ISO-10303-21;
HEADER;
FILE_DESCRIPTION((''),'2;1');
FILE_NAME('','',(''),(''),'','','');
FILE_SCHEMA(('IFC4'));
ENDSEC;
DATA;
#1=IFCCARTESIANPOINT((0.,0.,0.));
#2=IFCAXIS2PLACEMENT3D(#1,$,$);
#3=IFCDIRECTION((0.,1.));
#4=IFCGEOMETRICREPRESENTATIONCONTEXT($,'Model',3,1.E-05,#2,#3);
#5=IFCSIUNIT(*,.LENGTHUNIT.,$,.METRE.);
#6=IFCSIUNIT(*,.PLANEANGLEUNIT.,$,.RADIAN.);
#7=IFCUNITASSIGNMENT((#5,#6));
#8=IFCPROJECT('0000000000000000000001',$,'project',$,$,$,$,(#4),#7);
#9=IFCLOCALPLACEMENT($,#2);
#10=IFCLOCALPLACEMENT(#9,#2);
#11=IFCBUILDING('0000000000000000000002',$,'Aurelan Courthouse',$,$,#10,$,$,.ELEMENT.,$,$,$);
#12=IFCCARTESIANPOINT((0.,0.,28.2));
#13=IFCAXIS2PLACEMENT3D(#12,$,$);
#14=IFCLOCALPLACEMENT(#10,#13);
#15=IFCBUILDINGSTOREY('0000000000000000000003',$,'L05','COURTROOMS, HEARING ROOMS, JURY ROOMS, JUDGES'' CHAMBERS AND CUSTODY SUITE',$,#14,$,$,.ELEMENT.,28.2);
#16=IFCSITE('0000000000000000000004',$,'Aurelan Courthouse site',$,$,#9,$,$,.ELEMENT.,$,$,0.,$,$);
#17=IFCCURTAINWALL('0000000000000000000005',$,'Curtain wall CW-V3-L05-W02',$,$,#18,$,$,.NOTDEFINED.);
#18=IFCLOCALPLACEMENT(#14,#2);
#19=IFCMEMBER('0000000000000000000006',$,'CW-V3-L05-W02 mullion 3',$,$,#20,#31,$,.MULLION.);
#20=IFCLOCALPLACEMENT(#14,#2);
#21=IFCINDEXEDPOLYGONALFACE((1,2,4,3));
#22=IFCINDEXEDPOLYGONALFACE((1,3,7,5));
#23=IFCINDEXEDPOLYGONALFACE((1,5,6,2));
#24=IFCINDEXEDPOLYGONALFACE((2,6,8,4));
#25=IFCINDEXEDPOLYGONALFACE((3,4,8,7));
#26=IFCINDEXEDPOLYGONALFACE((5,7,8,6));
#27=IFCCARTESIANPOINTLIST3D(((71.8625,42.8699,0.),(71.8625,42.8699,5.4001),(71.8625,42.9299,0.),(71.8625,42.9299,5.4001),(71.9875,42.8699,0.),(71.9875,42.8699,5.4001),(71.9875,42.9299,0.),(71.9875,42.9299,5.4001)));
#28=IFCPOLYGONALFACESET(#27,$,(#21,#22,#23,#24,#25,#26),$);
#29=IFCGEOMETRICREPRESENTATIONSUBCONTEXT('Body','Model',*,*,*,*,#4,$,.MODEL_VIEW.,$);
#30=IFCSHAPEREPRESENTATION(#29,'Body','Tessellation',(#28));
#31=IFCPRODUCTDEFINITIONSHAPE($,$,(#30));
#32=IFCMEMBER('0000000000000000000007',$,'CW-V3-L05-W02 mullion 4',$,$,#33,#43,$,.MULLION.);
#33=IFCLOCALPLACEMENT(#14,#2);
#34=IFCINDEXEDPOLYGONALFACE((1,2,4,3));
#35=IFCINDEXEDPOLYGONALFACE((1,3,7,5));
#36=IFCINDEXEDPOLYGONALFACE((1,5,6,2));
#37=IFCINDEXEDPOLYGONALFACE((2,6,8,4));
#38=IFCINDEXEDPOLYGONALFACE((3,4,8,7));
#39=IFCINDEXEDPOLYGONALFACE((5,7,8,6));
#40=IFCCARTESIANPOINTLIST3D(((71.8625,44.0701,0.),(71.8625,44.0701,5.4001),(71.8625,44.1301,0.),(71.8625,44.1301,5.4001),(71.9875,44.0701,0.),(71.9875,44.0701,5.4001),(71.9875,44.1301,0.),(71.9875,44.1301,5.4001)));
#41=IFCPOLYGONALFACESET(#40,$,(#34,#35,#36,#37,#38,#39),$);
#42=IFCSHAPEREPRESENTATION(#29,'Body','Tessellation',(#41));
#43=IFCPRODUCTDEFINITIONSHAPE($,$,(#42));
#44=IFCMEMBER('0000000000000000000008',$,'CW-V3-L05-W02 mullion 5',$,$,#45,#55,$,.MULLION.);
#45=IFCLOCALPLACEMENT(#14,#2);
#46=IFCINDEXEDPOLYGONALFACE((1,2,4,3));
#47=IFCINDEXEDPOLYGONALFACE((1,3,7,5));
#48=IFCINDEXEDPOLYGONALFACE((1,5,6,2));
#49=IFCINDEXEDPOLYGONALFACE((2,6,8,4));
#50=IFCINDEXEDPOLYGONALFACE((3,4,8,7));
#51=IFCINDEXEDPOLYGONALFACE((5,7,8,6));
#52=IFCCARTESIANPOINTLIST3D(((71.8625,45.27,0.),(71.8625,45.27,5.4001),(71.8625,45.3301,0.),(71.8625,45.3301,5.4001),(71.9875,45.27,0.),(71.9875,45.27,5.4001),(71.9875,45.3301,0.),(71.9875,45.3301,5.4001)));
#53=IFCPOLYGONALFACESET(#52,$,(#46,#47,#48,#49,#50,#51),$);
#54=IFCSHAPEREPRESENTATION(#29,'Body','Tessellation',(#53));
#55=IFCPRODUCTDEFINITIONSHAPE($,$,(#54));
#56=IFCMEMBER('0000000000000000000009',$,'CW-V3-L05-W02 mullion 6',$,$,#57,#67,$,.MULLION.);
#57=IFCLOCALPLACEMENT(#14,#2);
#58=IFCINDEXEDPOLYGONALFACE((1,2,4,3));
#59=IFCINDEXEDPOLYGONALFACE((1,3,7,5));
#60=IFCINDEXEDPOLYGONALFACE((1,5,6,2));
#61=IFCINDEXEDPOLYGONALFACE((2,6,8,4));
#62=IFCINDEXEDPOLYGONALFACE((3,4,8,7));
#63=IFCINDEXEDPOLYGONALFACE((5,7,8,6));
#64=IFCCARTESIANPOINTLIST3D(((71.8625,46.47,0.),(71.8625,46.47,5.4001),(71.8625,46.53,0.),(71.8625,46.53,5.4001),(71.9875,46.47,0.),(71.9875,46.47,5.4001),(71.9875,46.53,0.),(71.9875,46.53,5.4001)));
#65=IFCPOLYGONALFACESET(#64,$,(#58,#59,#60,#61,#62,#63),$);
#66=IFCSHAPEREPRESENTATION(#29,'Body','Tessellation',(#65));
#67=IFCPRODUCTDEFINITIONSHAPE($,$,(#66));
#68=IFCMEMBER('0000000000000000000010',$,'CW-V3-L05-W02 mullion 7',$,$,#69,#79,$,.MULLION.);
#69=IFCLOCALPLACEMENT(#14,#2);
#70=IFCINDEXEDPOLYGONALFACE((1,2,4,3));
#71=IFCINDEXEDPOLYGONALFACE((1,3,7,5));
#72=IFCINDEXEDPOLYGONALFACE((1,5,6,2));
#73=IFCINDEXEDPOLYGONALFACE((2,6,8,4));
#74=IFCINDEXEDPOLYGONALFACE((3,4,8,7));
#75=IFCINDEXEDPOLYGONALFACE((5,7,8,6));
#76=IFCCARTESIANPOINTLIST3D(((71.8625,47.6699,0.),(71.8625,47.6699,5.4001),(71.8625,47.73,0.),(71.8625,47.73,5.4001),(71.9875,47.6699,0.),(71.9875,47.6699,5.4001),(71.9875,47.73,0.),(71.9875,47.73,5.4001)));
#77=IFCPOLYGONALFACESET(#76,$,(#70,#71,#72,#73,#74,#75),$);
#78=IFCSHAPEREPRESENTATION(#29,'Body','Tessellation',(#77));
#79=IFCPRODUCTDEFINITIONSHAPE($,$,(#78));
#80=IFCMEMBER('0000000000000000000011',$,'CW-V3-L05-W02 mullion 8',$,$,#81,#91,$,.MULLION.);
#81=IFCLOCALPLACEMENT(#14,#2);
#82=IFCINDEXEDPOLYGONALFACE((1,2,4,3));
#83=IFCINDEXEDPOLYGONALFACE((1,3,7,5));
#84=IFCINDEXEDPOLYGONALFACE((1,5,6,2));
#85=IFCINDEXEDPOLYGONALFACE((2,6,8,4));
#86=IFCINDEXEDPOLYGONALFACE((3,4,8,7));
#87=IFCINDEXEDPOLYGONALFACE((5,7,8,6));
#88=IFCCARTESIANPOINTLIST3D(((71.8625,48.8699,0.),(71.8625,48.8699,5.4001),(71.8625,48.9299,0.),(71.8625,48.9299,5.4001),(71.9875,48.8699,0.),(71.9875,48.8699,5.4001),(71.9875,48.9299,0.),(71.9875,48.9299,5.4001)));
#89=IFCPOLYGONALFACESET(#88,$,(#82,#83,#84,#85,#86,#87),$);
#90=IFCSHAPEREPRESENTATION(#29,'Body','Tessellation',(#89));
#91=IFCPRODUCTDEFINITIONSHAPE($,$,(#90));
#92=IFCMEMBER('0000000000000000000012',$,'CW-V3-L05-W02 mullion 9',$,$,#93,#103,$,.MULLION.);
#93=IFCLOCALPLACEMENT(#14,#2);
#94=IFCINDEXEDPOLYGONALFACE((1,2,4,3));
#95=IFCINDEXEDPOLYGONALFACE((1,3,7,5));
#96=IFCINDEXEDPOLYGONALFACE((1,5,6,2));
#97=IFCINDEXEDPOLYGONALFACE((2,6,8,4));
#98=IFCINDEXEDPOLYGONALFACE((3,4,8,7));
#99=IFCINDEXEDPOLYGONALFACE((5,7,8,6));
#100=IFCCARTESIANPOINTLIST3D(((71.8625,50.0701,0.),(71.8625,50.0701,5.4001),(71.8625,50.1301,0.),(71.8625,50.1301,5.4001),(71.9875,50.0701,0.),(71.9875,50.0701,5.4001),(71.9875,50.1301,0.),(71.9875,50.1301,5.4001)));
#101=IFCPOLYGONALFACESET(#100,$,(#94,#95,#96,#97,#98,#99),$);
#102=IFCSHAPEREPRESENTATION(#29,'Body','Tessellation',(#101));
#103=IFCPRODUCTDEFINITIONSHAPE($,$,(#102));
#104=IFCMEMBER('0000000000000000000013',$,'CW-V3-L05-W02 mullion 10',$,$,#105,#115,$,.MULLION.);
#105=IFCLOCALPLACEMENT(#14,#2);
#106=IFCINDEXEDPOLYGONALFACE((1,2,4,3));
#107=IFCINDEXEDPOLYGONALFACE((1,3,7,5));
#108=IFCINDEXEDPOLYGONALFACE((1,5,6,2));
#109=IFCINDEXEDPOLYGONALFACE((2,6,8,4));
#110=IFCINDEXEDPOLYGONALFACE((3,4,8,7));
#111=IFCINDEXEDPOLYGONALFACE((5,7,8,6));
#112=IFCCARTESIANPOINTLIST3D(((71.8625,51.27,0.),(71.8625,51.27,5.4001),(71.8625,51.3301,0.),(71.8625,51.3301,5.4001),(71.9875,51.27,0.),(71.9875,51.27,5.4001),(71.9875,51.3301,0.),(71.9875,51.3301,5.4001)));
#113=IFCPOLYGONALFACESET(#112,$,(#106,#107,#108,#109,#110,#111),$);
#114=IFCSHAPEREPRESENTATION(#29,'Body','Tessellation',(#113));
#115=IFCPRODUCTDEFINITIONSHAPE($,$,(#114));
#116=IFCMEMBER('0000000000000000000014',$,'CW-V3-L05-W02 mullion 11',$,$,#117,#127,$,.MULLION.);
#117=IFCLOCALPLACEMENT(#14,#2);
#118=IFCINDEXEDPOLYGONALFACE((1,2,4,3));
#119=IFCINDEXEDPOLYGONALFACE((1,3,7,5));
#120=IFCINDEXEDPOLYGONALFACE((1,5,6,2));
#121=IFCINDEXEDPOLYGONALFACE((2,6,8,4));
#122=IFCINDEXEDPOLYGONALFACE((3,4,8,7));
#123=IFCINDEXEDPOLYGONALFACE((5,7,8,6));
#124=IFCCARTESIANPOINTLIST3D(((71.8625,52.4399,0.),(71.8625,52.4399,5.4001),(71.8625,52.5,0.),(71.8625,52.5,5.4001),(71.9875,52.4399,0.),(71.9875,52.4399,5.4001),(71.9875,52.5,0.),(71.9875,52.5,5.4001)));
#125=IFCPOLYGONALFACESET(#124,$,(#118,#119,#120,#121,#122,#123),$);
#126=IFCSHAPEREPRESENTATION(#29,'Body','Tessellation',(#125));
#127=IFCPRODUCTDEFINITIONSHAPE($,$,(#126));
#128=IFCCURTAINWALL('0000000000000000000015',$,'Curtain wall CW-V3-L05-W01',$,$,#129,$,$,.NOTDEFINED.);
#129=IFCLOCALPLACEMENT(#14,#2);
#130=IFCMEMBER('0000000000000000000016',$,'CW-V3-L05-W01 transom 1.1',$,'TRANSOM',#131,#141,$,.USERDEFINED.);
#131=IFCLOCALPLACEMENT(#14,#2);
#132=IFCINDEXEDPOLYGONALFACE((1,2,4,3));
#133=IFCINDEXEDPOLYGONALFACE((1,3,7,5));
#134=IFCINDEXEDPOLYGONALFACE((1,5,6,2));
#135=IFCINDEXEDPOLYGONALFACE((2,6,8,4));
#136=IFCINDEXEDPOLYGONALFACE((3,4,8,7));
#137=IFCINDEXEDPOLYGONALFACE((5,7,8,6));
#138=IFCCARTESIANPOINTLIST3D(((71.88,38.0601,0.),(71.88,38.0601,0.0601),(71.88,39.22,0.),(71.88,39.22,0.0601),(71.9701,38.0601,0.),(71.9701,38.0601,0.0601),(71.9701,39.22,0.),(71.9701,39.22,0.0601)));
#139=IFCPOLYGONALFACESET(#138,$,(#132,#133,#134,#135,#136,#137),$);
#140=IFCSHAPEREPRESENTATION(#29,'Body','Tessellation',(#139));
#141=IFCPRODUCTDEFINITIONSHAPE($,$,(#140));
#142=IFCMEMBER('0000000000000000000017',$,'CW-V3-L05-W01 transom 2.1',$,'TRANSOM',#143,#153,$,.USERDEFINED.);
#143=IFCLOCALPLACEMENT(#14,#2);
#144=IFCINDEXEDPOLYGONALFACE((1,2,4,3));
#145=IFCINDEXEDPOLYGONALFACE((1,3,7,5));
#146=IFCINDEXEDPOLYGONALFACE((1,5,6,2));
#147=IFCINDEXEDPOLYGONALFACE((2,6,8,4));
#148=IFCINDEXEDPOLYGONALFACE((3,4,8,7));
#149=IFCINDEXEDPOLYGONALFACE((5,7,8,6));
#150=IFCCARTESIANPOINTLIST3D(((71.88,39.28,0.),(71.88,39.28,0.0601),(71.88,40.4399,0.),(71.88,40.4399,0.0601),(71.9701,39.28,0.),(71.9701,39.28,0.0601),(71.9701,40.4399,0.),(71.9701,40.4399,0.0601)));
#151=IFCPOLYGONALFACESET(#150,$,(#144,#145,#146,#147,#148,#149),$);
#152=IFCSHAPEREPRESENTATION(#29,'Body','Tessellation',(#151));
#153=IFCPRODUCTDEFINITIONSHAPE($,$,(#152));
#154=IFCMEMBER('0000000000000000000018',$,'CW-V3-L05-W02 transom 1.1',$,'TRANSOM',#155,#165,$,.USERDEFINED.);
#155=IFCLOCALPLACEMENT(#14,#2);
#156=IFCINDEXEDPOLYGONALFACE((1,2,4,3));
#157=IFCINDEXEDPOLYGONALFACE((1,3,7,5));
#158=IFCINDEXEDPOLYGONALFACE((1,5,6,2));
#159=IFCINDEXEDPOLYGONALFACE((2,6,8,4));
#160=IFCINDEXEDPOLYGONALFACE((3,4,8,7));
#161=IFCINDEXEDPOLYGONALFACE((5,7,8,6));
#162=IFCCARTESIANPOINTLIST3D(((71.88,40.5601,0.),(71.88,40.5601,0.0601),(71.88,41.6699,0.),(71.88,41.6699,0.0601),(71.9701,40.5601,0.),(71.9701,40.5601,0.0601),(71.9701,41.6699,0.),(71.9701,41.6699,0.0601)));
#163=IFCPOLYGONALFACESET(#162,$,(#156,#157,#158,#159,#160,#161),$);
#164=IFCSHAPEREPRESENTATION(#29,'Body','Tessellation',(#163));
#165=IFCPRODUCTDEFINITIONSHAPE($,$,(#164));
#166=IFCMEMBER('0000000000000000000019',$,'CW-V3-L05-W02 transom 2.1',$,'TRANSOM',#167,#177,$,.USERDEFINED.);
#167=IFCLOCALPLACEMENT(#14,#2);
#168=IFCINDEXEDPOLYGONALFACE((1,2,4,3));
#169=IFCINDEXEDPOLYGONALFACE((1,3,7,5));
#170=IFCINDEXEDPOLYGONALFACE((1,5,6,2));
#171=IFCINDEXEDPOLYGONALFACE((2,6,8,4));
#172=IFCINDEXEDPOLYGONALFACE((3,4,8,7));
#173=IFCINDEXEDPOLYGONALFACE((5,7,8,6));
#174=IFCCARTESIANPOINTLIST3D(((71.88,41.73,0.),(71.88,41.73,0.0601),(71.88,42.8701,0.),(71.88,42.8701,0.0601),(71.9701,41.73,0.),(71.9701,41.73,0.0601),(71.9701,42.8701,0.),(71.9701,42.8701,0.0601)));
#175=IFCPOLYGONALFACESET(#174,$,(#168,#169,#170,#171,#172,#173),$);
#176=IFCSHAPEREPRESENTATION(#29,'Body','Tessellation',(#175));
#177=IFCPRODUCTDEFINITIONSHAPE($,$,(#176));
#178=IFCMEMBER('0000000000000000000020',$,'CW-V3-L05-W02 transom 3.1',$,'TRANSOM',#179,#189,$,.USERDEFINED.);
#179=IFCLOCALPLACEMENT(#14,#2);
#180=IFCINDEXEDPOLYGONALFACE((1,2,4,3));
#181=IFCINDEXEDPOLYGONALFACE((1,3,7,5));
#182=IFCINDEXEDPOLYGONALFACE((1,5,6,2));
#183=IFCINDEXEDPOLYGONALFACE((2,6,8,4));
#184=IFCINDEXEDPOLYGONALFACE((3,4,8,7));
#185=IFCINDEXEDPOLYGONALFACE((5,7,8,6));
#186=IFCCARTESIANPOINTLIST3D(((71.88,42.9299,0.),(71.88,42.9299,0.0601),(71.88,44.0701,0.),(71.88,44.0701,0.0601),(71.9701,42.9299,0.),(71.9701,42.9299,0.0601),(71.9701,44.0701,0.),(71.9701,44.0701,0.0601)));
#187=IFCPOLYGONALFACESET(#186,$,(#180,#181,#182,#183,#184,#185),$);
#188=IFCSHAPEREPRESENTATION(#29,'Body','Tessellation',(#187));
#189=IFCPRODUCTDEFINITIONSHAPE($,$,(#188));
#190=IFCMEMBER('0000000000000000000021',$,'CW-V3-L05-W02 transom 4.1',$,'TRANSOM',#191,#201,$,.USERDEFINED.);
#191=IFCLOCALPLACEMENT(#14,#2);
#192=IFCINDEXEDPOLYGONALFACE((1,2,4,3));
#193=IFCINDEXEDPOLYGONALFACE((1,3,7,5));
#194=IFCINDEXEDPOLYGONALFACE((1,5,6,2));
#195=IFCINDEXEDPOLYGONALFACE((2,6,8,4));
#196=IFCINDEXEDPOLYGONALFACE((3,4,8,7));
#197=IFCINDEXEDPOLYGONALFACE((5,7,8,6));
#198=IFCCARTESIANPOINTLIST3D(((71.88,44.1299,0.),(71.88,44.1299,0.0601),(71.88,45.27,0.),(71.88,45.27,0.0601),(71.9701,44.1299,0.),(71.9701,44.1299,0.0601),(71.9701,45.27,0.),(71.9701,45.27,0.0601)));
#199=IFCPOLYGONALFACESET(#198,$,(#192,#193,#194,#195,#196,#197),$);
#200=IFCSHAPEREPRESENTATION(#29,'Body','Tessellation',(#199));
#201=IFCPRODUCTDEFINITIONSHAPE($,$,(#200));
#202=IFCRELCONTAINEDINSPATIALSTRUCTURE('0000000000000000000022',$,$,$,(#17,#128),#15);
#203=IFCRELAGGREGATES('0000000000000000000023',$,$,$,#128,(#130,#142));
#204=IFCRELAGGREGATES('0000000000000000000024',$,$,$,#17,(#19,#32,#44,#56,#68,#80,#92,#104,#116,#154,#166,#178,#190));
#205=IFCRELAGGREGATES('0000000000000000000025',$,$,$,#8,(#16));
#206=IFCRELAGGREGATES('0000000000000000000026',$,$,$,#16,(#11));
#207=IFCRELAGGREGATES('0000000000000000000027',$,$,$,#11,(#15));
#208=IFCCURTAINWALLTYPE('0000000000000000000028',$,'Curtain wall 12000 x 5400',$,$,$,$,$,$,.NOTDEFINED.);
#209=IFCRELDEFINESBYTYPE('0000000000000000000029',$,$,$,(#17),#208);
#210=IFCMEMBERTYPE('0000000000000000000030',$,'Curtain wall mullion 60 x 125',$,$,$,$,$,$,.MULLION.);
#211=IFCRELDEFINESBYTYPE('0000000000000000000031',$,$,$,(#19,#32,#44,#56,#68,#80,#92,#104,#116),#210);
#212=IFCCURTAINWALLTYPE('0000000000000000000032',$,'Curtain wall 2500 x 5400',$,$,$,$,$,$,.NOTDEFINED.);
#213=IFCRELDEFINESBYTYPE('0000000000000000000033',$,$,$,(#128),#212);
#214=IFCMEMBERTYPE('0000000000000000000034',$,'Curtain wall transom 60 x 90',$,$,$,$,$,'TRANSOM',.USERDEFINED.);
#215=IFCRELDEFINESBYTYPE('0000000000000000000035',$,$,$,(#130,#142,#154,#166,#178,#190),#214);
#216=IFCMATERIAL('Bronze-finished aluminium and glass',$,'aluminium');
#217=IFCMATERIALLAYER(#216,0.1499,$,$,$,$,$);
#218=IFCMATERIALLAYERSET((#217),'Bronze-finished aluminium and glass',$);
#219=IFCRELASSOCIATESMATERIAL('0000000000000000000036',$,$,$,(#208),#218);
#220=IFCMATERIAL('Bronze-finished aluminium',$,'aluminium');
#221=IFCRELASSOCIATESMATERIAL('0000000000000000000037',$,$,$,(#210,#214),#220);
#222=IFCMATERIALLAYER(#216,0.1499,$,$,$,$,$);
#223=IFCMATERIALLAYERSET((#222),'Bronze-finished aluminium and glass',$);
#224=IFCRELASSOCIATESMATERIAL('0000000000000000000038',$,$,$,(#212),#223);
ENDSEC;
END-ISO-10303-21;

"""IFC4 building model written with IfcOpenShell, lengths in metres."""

from ifc_helpers import new_model, si_unit, direction, frame, origin, origin_2d, place, context, subcontext, project, spatial, rectangle, extrude, material, layer, layer_set, material_profile, profile_set, type_object, element, aggregate, save


model = new_model("IFC4")

# Units and contexts
model_context = context("Model", 3, precision=1e-05, world=origin(), true_north=direction((0.0, 1.0)))
body_context = subcontext(model_context, "Body", "Model", "MODEL_VIEW")
ifc_project = project(units=[si_unit("LENGTHUNIT", "METRE"), si_unit("PLANEANGLEUNIT", "RADIAN")], contexts=[model_context])

# Site, building, storey
site_placement = place(None, origin())
site = spatial("IfcSite", under=ifc_project, at=site_placement, Name="Aurelan Courthouse site", CompositionType="ELEMENT", RefElevation=0.0)
building_placement = place(site_placement, origin())
building = spatial("IfcBuilding", under=site, at=building_placement, Name="Aurelan Courthouse", CompositionType="ELEMENT")
storey_placement = place(building_placement, frame((0.0, 0.0, 28.2)))
storey = spatial("IfcBuildingStorey", under=building, at=storey_placement, Name="L05", Description="COURTROOMS, HEARING ROOMS, JURY ROOMS, JUDGES' CHAMBERS AND CUSTODY SUITE", CompositionType="ELEMENT", Elevation=28.2)

# Curtain walls, members
ifc_material_1 = material(Name="Bronze-finished aluminium and glass", Category="aluminium")
ifc_layer_1 = layer(ifc_material_1, 0.1499)
ifc_layer_set_1 = layer_set([ifc_layer_1], Name="Bronze-finished aluminium and glass")
curtain_wall_type_1 = type_object("IfcCurtainWallType", Name="Curtain wall 12000 x 5400", PredefinedType="NOTDEFINED", material=ifc_layer_set_1)
curtain_wall_1_placement = place(storey_placement, origin())
curtain_wall_1 = element("IfcCurtainWall", 1, at=curtain_wall_1_placement, inside=storey, type_object=curtain_wall_type_1, Name="Curtain wall CW-V3-L05-W02", PredefinedType="NOTDEFINED")
ifc_material_2 = material(Name="Bronze-finished aluminium", Category="aluminium")
ifc_material_profile_1 = material_profile(ifc_material_2, rectangle(XDim=0.125, YDim=0.0601, at=origin_2d()), Name="Bronze mullion 60 x 125")
ifc_profile_set_1 = profile_set([ifc_material_profile_1], Name="Bronze-finished aluminium")
member_type_1 = type_object("IfcMemberType", Name="Curtain wall mullion 60 x 125", PredefinedType="MULLION", material=ifc_profile_set_1)
member_1_placement = place(storey_placement, frame((71.925, 42.8999, 0.0), z_axis=(0.0, 0.0, 1.0), x_axis=(-1.0, 0.0, 0.0)))
member_1 = element("IfcMember", 2, at=member_1_placement, type_object=member_type_1, Name="CW-V3-L05-W02 mullion 3", PredefinedType="MULLION", context=body_context, shape_type="SweptSolid", body=[
    extrude(rectangle(XDim=0.125, YDim=0.0601, at=origin_2d()), origin(), (0.0, 0.0, 1.0), 5.4001),
])
member_2_placement = place(storey_placement, frame((71.925, 44.1001, 0.0), z_axis=(0.0, 0.0, 1.0), x_axis=(-1.0, 0.0, 0.0)))
member_2 = element("IfcMember", 3, at=member_2_placement, type_object=member_type_1, Name="CW-V3-L05-W02 mullion 4", PredefinedType="MULLION", context=body_context, shape_type="SweptSolid", body=[
    extrude(rectangle(XDim=0.125, YDim=0.0601, at=origin_2d()), origin(), (0.0, 0.0, 1.0), 5.4001),
])
member_3_placement = place(storey_placement, frame((71.925, 45.3, 0.0), z_axis=(0.0, 0.0, 1.0), x_axis=(-1.0, 0.0, 0.0)))
member_3 = element("IfcMember", 4, at=member_3_placement, type_object=member_type_1, Name="CW-V3-L05-W02 mullion 5", PredefinedType="MULLION", context=body_context, shape_type="SweptSolid", body=[
    extrude(rectangle(XDim=0.125, YDim=0.0601, at=origin_2d()), origin(), (0.0, 0.0, 1.0), 5.4001),
])
member_4_placement = place(storey_placement, frame((71.925, 46.5, 0.0), z_axis=(0.0, 0.0, 1.0), x_axis=(-1.0, 0.0, 0.0)))
member_4 = element("IfcMember", 5, at=member_4_placement, type_object=member_type_1, Name="CW-V3-L05-W02 mullion 6", PredefinedType="MULLION", context=body_context, shape_type="SweptSolid", body=[
    extrude(rectangle(XDim=0.125, YDim=0.0601, at=origin_2d()), origin(), (0.0, 0.0, 1.0), 5.4001),
])
member_5_placement = place(storey_placement, frame((71.925, 47.7, 0.0), z_axis=(0.0, 0.0, 1.0), x_axis=(-1.0, 0.0, 0.0)))
member_5 = element("IfcMember", 6, at=member_5_placement, type_object=member_type_1, Name="CW-V3-L05-W02 mullion 7", PredefinedType="MULLION", context=body_context, shape_type="SweptSolid", body=[
    extrude(rectangle(XDim=0.125, YDim=0.0601, at=origin_2d()), origin(), (0.0, 0.0, 1.0), 5.4001),
])
member_6_placement = place(storey_placement, frame((71.925, 48.8999, 0.0), z_axis=(0.0, 0.0, 1.0), x_axis=(-1.0, 0.0, 0.0)))
member_6 = element("IfcMember", 7, at=member_6_placement, type_object=member_type_1, Name="CW-V3-L05-W02 mullion 8", PredefinedType="MULLION", context=body_context, shape_type="SweptSolid", body=[
    extrude(rectangle(XDim=0.125, YDim=0.0601, at=origin_2d()), origin(), (0.0, 0.0, 1.0), 5.4001),
])
member_7_placement = place(storey_placement, frame((71.925, 50.1001, 0.0), z_axis=(0.0, 0.0, 1.0), x_axis=(-1.0, 0.0, 0.0)))
member_7 = element("IfcMember", 8, at=member_7_placement, type_object=member_type_1, Name="CW-V3-L05-W02 mullion 9", PredefinedType="MULLION", context=body_context, shape_type="SweptSolid", body=[
    extrude(rectangle(XDim=0.125, YDim=0.0601, at=origin_2d()), origin(), (0.0, 0.0, 1.0), 5.4001),
])
member_8_placement = place(storey_placement, frame((71.925, 51.3, 0.0), z_axis=(0.0, 0.0, 1.0), x_axis=(-1.0, 0.0, 0.0)))
member_8 = element("IfcMember", 9, at=member_8_placement, type_object=member_type_1, Name="CW-V3-L05-W02 mullion 10", PredefinedType="MULLION", context=body_context, shape_type="SweptSolid", body=[
    extrude(rectangle(XDim=0.125, YDim=0.0601, at=origin_2d()), origin(), (0.0, 0.0, 1.0), 5.4001),
])
member_9_placement = place(storey_placement, frame((71.925, 52.47, 0.0), z_axis=(0.0, 0.0, 1.0), x_axis=(-1.0, 0.0, 0.0)))
member_9 = element("IfcMember", 10, at=member_9_placement, type_object=member_type_1, Name="CW-V3-L05-W02 mullion 11", PredefinedType="MULLION", context=body_context, shape_type="SweptSolid", body=[
    extrude(rectangle(XDim=0.125, YDim=0.0601, at=origin_2d()), origin(), (0.0, 0.0, 1.0), 5.4001),
])
ifc_layer_2 = layer(ifc_material_1, 0.1499)
ifc_layer_set_2 = layer_set([ifc_layer_2], Name="Bronze-finished aluminium and glass")
curtain_wall_type_2 = type_object("IfcCurtainWallType", Name="Curtain wall 2500 x 5400", PredefinedType="NOTDEFINED", material=ifc_layer_set_2)
curtain_wall_2_placement = place(storey_placement, origin())
curtain_wall_2 = element("IfcCurtainWall", 11, at=curtain_wall_2_placement, inside=storey, type_object=curtain_wall_type_2, Name="Curtain wall CW-V3-L05-W01", PredefinedType="NOTDEFINED")
ifc_material_profile_2 = material_profile(ifc_material_2, rectangle(XDim=0.0901, YDim=0.0601, at=origin_2d()), Name="Bronze transom 60 x 90")
ifc_profile_set_2 = profile_set([ifc_material_profile_2], Name="Bronze-finished aluminium")
member_type_2 = type_object("IfcMemberType", Name="Curtain wall transom 60 x 90", ElementType="TRANSOM", PredefinedType="USERDEFINED", material=ifc_profile_set_2)
member_10_placement = place(storey_placement, frame((71.925, 38.0601, 0.03), z_axis=(0.0, 1.0, 0.0), x_axis=(-1.0, 0.0, 0.0)))
member_10 = element("IfcMember", 12, at=member_10_placement, type_object=member_type_2, Name="CW-V3-L05-W01 transom 1.1", ObjectType="TRANSOM", PredefinedType="USERDEFINED", context=body_context, shape_type="SweptSolid", body=[
    extrude(rectangle(XDim=0.0901, YDim=0.0601, at=origin_2d()), origin(), (0.0, 0.0, 1.0), 1.1599),
])
member_11_placement = place(storey_placement, frame((71.925, 39.28, 0.03), z_axis=(0.0, 1.0, 0.0), x_axis=(-1.0, 0.0, 0.0)))
member_11 = element("IfcMember", 13, at=member_11_placement, type_object=member_type_2, Name="CW-V3-L05-W01 transom 2.1", ObjectType="TRANSOM", PredefinedType="USERDEFINED", context=body_context, shape_type="SweptSolid", body=[
    extrude(rectangle(XDim=0.0901, YDim=0.0601, at=origin_2d()), origin(), (0.0, 0.0, 1.0), 1.1599),
])
aggregate(curtain_wall_2, [member_10, member_11])

# Members
member_12_placement = place(storey_placement, frame((71.925, 40.5601, 0.03), z_axis=(0.0, 1.0, 0.0), x_axis=(-1.0, 0.0, 0.0)))
member_12 = element("IfcMember", 14, at=member_12_placement, type_object=member_type_2, Name="CW-V3-L05-W02 transom 1.1", ObjectType="TRANSOM", PredefinedType="USERDEFINED", context=body_context, shape_type="SweptSolid", body=[
    extrude(rectangle(XDim=0.0901, YDim=0.0601, at=origin_2d()), origin(), (0.0, 0.0, 1.0), 1.1099),
])
member_13_placement = place(storey_placement, frame((71.925, 41.73, 0.03), z_axis=(0.0, 1.0, 0.0), x_axis=(-1.0, 0.0, 0.0)))
member_13 = element("IfcMember", 15, at=member_13_placement, type_object=member_type_2, Name="CW-V3-L05-W02 transom 2.1", ObjectType="TRANSOM", PredefinedType="USERDEFINED", context=body_context, shape_type="SweptSolid", body=[
    extrude(rectangle(XDim=0.0901, YDim=0.0601, at=origin_2d()), origin(), (0.0, 0.0, 1.0), 1.1401),
])
member_14_placement = place(storey_placement, frame((71.925, 42.9299, 0.03), z_axis=(0.0, 1.0, 0.0), x_axis=(-1.0, 0.0, 0.0)))
member_14 = element("IfcMember", 16, at=member_14_placement, type_object=member_type_2, Name="CW-V3-L05-W02 transom 3.1", ObjectType="TRANSOM", PredefinedType="USERDEFINED", context=body_context, shape_type="SweptSolid", body=[
    extrude(rectangle(XDim=0.0901, YDim=0.0601, at=origin_2d()), origin(), (0.0, 0.0, 1.0), 1.1401),
])
member_15_placement = place(storey_placement, frame((71.925, 44.1299, 0.03), z_axis=(0.0, 1.0, 0.0), x_axis=(-1.0, 0.0, 0.0)))
member_15 = element("IfcMember", 17, at=member_15_placement, type_object=member_type_2, Name="CW-V3-L05-W02 transom 4.1", ObjectType="TRANSOM", PredefinedType="USERDEFINED", context=body_context, shape_type="SweptSolid", body=[
    extrude(rectangle(XDim=0.0901, YDim=0.0601, at=origin_2d()), origin(), (0.0, 0.0, 1.0), 1.1401),
])
aggregate(curtain_wall_1, [member_1, member_2, member_3, member_4, member_5, member_6, member_7, member_8, member_9, member_12, member_13, member_14, member_15])

save(model, "model.ifc")
